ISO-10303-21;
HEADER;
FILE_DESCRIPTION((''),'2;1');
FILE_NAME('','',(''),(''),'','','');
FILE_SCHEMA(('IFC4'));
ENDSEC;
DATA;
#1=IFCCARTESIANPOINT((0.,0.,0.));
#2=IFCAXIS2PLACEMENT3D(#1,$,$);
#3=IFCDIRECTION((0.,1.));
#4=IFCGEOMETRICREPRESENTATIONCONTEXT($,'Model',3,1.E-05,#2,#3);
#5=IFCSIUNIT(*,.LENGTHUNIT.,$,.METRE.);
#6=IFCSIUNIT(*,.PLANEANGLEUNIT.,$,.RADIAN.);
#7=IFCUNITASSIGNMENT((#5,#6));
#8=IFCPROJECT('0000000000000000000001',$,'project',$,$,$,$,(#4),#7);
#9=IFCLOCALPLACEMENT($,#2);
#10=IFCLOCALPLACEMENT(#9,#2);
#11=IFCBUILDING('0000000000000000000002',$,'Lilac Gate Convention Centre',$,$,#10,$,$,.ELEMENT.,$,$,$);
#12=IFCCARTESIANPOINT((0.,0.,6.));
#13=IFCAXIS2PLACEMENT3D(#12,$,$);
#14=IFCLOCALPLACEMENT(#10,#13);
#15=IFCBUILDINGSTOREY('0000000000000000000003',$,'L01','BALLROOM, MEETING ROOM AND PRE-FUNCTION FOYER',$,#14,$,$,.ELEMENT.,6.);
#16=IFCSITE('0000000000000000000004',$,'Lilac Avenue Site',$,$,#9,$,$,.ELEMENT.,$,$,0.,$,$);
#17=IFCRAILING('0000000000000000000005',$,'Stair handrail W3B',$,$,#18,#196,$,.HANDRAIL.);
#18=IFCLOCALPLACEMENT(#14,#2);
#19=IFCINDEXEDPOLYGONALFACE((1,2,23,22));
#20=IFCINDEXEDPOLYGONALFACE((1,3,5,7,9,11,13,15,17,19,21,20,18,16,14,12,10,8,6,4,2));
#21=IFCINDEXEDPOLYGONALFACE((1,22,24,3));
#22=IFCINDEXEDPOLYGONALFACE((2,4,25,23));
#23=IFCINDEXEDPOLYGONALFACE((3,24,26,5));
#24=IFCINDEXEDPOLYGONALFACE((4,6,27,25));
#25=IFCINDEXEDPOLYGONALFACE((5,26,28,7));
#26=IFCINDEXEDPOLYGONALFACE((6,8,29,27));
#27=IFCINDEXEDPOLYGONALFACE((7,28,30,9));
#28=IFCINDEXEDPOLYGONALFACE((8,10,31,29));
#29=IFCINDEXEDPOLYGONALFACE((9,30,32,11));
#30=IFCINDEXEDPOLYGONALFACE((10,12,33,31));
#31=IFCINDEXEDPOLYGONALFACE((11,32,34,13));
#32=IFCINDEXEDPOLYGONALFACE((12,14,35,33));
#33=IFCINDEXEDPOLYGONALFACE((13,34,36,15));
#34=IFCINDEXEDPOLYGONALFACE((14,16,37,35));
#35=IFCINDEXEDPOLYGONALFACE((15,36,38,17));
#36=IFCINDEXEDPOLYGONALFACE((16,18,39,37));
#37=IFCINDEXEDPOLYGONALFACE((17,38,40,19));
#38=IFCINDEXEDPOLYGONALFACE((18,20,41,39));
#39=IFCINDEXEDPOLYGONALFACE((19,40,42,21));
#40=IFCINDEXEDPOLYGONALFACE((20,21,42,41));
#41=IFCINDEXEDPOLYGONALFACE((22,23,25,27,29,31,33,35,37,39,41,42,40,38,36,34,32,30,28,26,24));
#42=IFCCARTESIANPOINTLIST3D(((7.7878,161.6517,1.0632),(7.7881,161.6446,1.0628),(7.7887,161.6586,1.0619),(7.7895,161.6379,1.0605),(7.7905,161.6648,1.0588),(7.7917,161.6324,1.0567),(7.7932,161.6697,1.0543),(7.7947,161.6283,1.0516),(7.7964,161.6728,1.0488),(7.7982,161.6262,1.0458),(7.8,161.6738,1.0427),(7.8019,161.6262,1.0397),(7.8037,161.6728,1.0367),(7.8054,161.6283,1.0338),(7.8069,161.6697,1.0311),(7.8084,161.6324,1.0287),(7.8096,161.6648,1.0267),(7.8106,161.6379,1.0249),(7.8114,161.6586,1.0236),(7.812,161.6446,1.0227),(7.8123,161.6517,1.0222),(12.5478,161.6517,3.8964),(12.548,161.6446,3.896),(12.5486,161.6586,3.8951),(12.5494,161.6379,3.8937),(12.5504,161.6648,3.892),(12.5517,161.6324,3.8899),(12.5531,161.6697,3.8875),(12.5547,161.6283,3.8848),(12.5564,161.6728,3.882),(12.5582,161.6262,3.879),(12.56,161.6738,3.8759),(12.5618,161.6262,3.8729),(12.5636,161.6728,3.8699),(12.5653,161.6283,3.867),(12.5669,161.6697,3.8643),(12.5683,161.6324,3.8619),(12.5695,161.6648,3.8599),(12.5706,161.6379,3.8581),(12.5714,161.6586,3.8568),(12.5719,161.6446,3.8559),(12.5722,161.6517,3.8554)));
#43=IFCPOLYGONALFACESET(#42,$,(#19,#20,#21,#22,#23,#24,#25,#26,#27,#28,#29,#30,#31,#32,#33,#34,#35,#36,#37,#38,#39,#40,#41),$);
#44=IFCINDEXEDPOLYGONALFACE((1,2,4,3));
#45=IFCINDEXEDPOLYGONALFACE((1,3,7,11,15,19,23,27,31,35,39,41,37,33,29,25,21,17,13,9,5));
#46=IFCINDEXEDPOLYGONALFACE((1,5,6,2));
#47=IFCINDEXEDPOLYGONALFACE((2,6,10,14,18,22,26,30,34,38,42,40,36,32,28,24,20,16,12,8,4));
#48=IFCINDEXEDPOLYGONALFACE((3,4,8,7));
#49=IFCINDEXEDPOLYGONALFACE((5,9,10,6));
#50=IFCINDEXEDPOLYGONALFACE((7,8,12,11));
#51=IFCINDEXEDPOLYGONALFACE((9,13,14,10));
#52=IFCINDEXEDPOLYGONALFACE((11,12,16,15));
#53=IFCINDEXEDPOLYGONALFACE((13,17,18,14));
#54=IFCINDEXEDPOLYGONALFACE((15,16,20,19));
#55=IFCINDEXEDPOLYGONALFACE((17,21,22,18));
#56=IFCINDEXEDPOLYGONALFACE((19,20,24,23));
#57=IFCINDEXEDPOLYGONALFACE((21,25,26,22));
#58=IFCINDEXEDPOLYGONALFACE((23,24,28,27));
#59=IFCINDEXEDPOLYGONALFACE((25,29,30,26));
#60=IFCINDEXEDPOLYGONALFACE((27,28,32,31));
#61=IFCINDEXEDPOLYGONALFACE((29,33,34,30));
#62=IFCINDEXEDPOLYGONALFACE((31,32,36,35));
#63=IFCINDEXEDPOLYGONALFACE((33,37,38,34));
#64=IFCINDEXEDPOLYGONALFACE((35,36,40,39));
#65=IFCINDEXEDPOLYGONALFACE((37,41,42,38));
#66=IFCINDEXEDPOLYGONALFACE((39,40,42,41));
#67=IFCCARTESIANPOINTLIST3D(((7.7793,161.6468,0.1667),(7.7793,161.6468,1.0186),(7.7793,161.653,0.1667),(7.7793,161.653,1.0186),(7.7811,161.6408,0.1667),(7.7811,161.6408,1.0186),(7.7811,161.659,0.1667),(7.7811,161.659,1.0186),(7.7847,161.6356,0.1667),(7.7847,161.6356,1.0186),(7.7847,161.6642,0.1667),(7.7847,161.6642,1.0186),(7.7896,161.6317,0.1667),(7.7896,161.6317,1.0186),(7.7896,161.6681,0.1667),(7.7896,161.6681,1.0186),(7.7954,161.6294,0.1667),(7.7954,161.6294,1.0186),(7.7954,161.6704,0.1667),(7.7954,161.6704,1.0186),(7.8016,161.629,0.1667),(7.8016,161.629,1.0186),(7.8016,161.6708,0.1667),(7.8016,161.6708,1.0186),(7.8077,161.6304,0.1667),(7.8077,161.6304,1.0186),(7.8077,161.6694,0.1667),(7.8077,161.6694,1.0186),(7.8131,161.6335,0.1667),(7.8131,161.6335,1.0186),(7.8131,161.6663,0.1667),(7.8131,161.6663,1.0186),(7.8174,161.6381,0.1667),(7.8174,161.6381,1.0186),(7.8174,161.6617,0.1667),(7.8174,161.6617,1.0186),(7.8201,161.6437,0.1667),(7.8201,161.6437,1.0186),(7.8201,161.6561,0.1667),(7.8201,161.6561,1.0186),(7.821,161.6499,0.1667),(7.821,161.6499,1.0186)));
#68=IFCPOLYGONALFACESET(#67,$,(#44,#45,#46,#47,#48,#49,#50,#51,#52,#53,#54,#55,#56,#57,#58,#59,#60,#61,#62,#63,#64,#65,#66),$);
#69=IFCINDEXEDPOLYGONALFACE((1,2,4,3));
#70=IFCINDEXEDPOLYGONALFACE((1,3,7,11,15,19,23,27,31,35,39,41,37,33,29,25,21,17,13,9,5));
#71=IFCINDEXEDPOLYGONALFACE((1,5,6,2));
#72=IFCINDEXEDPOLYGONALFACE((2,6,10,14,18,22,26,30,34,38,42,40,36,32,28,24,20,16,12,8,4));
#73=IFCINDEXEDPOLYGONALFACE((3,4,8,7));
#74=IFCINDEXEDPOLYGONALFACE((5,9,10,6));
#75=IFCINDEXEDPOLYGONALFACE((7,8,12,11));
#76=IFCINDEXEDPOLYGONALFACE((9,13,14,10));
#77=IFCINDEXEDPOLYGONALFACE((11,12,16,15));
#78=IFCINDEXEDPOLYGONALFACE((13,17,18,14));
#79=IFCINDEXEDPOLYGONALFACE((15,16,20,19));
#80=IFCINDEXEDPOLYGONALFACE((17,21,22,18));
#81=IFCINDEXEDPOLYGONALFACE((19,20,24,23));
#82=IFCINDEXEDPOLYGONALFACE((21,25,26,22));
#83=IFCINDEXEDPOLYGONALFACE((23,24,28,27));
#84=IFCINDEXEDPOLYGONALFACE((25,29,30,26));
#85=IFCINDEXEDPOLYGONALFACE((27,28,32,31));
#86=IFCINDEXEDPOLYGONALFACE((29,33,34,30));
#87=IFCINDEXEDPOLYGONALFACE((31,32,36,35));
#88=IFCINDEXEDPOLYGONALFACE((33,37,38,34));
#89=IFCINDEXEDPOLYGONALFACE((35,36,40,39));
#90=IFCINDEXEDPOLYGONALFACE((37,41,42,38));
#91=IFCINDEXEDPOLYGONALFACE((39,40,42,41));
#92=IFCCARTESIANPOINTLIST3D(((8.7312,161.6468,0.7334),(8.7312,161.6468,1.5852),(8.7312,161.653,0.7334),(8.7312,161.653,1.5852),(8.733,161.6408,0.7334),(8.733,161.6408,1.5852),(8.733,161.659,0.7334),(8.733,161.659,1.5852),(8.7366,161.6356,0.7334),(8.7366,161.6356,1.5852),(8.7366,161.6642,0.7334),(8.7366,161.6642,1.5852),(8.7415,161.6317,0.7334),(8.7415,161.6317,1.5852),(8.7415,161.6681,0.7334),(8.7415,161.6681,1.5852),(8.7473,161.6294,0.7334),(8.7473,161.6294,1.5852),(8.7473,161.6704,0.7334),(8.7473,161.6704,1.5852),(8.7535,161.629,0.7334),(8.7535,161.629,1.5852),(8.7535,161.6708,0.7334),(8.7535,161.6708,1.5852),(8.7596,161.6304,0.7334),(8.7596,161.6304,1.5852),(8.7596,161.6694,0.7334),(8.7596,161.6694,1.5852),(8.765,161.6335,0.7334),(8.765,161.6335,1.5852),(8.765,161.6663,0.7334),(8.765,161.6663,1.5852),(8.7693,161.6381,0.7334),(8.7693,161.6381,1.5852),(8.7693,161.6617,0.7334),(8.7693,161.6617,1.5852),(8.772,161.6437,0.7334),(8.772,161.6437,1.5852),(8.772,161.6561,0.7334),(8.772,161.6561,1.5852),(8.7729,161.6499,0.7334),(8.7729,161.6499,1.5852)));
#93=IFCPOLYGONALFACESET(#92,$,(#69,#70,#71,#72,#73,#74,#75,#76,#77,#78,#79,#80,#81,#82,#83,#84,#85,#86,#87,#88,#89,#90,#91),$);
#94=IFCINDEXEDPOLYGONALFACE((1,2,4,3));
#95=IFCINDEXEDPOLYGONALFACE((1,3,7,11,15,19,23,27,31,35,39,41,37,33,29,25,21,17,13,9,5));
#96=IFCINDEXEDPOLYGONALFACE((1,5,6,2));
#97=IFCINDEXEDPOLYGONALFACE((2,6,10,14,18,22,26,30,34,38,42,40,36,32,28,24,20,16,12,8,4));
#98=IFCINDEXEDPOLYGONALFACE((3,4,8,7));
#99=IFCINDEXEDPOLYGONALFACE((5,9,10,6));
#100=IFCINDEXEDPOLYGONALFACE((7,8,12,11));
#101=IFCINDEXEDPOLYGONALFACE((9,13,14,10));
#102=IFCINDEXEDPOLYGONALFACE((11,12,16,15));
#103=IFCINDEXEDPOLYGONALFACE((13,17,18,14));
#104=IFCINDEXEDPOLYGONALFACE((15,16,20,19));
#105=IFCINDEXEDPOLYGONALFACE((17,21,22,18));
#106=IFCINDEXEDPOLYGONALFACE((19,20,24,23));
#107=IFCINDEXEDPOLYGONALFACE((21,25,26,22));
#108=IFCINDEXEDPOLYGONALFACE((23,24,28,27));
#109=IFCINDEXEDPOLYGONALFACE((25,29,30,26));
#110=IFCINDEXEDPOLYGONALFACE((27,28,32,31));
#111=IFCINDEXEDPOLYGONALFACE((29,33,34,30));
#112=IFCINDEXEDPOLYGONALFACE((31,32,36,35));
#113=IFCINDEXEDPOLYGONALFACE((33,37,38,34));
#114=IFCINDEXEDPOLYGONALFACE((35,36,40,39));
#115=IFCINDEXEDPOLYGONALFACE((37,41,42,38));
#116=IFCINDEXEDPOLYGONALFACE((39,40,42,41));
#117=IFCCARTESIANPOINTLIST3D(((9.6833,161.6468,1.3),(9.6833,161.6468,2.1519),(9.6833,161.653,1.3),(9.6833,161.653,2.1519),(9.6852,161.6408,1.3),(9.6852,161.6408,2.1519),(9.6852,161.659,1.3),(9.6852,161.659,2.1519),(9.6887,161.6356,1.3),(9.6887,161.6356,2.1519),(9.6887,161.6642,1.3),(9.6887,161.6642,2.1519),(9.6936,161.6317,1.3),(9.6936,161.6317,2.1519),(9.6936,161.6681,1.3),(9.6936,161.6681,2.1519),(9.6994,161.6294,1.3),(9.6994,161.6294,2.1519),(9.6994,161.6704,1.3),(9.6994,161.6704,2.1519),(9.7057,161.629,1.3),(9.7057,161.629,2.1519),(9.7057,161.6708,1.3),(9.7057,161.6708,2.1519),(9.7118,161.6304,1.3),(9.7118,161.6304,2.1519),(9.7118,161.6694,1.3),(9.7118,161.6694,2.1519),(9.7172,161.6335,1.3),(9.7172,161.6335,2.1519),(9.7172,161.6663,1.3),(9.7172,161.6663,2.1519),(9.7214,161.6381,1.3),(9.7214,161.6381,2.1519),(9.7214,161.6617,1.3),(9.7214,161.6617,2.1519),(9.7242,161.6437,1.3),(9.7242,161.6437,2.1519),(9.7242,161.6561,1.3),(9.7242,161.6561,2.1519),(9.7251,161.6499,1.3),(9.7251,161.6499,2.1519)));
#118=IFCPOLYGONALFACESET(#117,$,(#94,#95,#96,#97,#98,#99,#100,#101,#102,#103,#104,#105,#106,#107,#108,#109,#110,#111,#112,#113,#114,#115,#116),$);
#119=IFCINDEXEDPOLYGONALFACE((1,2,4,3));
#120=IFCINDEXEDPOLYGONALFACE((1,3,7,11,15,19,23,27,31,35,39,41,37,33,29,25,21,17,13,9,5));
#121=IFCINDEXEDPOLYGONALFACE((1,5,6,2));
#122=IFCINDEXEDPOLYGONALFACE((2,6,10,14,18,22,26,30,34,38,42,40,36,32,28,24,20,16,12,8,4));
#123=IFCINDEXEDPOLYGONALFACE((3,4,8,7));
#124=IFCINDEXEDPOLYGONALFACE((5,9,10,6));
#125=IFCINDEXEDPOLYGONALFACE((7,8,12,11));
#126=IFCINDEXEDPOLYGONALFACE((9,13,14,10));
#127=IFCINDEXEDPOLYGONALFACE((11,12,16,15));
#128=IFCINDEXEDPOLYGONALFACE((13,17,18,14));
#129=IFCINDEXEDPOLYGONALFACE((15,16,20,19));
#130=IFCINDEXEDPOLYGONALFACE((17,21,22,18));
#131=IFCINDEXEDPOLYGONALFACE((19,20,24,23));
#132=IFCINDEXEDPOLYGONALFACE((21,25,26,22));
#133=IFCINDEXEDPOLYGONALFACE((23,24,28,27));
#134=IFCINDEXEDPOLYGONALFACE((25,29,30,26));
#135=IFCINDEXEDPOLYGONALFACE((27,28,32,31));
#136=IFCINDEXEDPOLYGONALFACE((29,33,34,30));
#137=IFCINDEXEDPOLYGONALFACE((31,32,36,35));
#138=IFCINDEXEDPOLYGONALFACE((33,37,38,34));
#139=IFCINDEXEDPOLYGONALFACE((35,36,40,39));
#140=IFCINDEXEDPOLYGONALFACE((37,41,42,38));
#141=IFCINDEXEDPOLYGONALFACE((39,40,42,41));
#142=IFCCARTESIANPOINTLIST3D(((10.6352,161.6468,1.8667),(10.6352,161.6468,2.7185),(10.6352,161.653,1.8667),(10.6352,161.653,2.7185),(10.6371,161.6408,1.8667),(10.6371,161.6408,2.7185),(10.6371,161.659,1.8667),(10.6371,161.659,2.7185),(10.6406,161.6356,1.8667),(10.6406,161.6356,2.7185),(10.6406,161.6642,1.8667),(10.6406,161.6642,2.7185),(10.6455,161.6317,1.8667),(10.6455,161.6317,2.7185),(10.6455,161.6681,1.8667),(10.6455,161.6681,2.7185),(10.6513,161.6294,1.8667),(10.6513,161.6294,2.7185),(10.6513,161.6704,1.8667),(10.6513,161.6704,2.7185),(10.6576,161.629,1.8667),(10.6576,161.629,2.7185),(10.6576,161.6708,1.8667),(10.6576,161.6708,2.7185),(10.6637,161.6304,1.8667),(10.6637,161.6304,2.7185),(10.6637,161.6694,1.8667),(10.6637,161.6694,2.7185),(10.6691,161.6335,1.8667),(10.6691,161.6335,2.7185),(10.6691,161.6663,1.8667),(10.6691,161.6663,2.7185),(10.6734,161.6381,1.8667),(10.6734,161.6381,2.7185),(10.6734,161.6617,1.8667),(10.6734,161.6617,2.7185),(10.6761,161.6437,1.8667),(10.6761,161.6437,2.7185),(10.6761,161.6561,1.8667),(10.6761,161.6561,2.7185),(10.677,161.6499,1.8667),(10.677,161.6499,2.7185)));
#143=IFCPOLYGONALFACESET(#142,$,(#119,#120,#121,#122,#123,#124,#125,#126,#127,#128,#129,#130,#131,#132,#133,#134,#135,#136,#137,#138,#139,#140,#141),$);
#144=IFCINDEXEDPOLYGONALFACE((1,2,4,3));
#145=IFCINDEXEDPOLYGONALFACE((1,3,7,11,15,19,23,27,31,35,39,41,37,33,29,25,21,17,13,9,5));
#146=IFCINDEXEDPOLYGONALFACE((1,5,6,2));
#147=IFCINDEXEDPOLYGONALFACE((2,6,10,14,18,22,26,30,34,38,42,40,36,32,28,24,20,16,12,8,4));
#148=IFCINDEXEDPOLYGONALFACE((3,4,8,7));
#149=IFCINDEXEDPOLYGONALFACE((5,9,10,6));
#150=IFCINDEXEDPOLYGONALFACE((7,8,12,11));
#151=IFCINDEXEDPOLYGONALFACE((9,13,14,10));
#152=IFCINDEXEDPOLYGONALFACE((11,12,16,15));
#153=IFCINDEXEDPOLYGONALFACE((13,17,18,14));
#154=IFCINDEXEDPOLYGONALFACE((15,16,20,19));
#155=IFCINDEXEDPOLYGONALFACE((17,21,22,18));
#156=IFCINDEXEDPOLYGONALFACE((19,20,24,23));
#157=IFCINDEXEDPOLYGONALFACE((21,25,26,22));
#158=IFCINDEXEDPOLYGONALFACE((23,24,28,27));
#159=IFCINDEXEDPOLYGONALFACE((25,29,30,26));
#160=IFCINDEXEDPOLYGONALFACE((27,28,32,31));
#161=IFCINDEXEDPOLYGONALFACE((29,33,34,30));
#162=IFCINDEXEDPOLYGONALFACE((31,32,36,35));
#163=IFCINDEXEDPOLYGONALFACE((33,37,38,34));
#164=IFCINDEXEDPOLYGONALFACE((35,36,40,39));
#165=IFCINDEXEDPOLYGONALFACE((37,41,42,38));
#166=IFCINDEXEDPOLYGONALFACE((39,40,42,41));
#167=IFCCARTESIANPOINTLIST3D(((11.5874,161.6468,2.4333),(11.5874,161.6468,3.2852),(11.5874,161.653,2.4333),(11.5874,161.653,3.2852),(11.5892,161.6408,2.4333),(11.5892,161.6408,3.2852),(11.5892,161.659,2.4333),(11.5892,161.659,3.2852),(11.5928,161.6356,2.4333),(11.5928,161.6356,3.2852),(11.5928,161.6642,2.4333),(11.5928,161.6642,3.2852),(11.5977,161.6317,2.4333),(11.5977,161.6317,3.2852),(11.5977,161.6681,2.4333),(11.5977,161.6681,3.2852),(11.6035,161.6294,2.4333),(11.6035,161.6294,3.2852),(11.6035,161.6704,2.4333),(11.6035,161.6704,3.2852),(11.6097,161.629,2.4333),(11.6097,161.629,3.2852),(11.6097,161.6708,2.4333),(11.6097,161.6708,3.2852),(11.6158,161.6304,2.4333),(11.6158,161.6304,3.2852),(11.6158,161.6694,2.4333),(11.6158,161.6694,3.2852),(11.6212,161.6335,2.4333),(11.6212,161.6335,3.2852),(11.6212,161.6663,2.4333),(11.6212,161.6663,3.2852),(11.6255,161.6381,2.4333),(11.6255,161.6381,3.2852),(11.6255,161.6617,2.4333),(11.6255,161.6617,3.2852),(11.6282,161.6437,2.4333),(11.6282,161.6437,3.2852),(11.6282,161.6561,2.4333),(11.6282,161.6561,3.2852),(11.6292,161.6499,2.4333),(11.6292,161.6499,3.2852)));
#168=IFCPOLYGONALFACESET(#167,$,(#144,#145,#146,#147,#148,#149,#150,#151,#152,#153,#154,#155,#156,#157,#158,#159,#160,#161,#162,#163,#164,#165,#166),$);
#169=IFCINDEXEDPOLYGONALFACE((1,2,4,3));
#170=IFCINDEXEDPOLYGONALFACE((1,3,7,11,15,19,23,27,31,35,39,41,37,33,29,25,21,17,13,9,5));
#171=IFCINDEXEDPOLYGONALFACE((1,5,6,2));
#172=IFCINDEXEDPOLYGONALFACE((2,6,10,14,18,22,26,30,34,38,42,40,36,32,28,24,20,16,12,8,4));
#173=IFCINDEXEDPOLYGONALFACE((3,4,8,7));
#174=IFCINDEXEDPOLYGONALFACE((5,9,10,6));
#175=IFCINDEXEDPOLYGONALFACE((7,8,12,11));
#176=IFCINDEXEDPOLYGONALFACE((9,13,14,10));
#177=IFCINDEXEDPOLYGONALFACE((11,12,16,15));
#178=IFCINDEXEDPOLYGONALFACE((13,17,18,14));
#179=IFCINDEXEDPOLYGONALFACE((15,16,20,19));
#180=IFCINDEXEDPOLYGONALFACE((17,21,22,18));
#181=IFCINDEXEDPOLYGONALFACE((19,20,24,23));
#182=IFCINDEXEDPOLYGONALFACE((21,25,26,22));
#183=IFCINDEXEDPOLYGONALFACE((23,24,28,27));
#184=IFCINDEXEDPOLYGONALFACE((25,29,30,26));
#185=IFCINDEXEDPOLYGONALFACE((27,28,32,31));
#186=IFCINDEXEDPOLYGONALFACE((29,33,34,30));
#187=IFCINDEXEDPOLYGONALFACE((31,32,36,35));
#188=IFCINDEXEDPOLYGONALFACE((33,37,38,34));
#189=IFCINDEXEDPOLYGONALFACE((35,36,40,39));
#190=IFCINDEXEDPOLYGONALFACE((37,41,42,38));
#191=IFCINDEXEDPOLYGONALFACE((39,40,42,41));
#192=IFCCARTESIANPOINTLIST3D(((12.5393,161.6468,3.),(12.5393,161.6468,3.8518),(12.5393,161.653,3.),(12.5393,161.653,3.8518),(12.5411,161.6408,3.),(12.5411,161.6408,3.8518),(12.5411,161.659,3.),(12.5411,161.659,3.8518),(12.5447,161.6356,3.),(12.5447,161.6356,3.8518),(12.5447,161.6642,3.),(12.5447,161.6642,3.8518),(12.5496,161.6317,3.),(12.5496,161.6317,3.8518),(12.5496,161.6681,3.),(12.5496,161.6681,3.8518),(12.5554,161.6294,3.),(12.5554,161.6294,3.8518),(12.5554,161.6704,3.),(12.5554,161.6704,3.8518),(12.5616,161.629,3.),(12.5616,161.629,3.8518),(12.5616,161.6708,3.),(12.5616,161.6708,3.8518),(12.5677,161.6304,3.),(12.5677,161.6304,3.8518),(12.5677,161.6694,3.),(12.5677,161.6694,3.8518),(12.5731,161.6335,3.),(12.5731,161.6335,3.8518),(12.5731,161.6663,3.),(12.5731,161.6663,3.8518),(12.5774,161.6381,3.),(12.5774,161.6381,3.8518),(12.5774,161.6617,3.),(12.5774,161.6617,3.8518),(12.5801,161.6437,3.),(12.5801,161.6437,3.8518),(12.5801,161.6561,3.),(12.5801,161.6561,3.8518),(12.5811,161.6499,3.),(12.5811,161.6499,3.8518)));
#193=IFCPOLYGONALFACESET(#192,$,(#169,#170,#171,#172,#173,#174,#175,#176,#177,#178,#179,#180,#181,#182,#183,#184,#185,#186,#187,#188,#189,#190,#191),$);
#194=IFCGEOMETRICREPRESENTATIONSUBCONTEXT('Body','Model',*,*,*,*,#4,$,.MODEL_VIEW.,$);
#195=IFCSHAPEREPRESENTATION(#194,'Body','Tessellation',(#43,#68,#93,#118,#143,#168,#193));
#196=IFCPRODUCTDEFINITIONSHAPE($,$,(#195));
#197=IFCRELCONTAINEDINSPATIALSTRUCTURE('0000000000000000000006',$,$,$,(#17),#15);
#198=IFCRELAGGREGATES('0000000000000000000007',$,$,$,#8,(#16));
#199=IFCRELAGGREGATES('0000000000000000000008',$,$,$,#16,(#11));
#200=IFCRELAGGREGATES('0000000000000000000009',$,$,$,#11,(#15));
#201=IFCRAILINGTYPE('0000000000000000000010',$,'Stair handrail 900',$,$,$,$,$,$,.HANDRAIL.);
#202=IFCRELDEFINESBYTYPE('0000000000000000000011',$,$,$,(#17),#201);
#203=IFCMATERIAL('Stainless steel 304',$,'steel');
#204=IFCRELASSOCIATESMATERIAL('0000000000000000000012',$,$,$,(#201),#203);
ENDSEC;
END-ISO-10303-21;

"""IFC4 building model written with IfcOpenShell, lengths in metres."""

from ifc_helpers import new_model, si_unit, direction, frame, origin, origin_2d, place, context, subcontext, project, spatial, circle, extrude, material, type_object, element, save


model = new_model("IFC4")

# Units and contexts
model_context = context("Model", 3, precision=1e-05, world=origin(), true_north=direction((0.0, 1.0)))
body_context = subcontext(model_context, "Body", "Model", "MODEL_VIEW")
ifc_project = project(units=[si_unit("LENGTHUNIT", "METRE"), si_unit("PLANEANGLEUNIT", "RADIAN")], contexts=[model_context])

# Site, building, storey
site_placement = place(None, origin())
site = spatial("IfcSite", under=ifc_project, at=site_placement, Name="Lilac Avenue Site", CompositionType="ELEMENT", RefElevation=0.0)
building_placement = place(site_placement, origin())
building = spatial("IfcBuilding", under=site, at=building_placement, Name="Lilac Gate Convention Centre", CompositionType="ELEMENT")
storey_placement = place(building_placement, frame((0.0, 0.0, 6.0)))
storey = spatial("IfcBuildingStorey", under=building, at=storey_placement, Name="L01", Description="BALLROOM, MEETING ROOM AND PRE-FUNCTION FOYER", CompositionType="ELEMENT", Elevation=6.0)

# Railing
ifc_material_1 = material(Name="Stainless steel 304", Category="steel")
railing_type = type_object("IfcRailingType", Name="Stair handrail 900", PredefinedType="HANDRAIL", material=ifc_material_1)
for number, where, name in (
    (1, (7.8, 161.6499, 0.1667), "Stair handrail W3B"),
):
    element("IfcRailing", number, at=place(storey_placement, frame(where)), inside=storey, type_object=railing_type, Name=name, PredefinedType="HANDRAIL", context=body_context, shape_type="SweptSolid", body=[
        extrude(circle(Radius=0.0239, at=origin_2d()), frame((0.0, 0.0, 0.876), z_axis=(0.8593, 0.0, 0.511472), x_axis=(0.0, 1.0, 0.0)), (0.0, 0.0, 1.0), 5.5393),
        extrude(circle(Radius=0.021, at=origin_2d()), origin(), (0.0, 0.0, 1.0), 0.8518),
        extrude(circle(Radius=0.021, at=origin_2d()), frame((0.9519, 0.0, 0.5667)), (0.0, 0.0, 1.0), 0.8518),
        extrude(circle(Radius=0.021, at=origin_2d()), frame((1.9041, 0.0, 1.1333)), (0.0, 0.0, 1.0), 0.8518),
        extrude(circle(Radius=0.021, at=origin_2d()), frame((2.856, 0.0, 1.7)), (0.0, 0.0, 1.0), 0.8518),
        extrude(circle(Radius=0.021, at=origin_2d()), frame((3.8081, 0.0, 2.2666)), (0.0, 0.0, 1.0), 0.8518),
        extrude(circle(Radius=0.021, at=origin_2d()), frame((4.76, 0.0, 2.8333)), (0.0, 0.0, 1.0), 0.8518),
    ])

save(model, "model.ifc")
